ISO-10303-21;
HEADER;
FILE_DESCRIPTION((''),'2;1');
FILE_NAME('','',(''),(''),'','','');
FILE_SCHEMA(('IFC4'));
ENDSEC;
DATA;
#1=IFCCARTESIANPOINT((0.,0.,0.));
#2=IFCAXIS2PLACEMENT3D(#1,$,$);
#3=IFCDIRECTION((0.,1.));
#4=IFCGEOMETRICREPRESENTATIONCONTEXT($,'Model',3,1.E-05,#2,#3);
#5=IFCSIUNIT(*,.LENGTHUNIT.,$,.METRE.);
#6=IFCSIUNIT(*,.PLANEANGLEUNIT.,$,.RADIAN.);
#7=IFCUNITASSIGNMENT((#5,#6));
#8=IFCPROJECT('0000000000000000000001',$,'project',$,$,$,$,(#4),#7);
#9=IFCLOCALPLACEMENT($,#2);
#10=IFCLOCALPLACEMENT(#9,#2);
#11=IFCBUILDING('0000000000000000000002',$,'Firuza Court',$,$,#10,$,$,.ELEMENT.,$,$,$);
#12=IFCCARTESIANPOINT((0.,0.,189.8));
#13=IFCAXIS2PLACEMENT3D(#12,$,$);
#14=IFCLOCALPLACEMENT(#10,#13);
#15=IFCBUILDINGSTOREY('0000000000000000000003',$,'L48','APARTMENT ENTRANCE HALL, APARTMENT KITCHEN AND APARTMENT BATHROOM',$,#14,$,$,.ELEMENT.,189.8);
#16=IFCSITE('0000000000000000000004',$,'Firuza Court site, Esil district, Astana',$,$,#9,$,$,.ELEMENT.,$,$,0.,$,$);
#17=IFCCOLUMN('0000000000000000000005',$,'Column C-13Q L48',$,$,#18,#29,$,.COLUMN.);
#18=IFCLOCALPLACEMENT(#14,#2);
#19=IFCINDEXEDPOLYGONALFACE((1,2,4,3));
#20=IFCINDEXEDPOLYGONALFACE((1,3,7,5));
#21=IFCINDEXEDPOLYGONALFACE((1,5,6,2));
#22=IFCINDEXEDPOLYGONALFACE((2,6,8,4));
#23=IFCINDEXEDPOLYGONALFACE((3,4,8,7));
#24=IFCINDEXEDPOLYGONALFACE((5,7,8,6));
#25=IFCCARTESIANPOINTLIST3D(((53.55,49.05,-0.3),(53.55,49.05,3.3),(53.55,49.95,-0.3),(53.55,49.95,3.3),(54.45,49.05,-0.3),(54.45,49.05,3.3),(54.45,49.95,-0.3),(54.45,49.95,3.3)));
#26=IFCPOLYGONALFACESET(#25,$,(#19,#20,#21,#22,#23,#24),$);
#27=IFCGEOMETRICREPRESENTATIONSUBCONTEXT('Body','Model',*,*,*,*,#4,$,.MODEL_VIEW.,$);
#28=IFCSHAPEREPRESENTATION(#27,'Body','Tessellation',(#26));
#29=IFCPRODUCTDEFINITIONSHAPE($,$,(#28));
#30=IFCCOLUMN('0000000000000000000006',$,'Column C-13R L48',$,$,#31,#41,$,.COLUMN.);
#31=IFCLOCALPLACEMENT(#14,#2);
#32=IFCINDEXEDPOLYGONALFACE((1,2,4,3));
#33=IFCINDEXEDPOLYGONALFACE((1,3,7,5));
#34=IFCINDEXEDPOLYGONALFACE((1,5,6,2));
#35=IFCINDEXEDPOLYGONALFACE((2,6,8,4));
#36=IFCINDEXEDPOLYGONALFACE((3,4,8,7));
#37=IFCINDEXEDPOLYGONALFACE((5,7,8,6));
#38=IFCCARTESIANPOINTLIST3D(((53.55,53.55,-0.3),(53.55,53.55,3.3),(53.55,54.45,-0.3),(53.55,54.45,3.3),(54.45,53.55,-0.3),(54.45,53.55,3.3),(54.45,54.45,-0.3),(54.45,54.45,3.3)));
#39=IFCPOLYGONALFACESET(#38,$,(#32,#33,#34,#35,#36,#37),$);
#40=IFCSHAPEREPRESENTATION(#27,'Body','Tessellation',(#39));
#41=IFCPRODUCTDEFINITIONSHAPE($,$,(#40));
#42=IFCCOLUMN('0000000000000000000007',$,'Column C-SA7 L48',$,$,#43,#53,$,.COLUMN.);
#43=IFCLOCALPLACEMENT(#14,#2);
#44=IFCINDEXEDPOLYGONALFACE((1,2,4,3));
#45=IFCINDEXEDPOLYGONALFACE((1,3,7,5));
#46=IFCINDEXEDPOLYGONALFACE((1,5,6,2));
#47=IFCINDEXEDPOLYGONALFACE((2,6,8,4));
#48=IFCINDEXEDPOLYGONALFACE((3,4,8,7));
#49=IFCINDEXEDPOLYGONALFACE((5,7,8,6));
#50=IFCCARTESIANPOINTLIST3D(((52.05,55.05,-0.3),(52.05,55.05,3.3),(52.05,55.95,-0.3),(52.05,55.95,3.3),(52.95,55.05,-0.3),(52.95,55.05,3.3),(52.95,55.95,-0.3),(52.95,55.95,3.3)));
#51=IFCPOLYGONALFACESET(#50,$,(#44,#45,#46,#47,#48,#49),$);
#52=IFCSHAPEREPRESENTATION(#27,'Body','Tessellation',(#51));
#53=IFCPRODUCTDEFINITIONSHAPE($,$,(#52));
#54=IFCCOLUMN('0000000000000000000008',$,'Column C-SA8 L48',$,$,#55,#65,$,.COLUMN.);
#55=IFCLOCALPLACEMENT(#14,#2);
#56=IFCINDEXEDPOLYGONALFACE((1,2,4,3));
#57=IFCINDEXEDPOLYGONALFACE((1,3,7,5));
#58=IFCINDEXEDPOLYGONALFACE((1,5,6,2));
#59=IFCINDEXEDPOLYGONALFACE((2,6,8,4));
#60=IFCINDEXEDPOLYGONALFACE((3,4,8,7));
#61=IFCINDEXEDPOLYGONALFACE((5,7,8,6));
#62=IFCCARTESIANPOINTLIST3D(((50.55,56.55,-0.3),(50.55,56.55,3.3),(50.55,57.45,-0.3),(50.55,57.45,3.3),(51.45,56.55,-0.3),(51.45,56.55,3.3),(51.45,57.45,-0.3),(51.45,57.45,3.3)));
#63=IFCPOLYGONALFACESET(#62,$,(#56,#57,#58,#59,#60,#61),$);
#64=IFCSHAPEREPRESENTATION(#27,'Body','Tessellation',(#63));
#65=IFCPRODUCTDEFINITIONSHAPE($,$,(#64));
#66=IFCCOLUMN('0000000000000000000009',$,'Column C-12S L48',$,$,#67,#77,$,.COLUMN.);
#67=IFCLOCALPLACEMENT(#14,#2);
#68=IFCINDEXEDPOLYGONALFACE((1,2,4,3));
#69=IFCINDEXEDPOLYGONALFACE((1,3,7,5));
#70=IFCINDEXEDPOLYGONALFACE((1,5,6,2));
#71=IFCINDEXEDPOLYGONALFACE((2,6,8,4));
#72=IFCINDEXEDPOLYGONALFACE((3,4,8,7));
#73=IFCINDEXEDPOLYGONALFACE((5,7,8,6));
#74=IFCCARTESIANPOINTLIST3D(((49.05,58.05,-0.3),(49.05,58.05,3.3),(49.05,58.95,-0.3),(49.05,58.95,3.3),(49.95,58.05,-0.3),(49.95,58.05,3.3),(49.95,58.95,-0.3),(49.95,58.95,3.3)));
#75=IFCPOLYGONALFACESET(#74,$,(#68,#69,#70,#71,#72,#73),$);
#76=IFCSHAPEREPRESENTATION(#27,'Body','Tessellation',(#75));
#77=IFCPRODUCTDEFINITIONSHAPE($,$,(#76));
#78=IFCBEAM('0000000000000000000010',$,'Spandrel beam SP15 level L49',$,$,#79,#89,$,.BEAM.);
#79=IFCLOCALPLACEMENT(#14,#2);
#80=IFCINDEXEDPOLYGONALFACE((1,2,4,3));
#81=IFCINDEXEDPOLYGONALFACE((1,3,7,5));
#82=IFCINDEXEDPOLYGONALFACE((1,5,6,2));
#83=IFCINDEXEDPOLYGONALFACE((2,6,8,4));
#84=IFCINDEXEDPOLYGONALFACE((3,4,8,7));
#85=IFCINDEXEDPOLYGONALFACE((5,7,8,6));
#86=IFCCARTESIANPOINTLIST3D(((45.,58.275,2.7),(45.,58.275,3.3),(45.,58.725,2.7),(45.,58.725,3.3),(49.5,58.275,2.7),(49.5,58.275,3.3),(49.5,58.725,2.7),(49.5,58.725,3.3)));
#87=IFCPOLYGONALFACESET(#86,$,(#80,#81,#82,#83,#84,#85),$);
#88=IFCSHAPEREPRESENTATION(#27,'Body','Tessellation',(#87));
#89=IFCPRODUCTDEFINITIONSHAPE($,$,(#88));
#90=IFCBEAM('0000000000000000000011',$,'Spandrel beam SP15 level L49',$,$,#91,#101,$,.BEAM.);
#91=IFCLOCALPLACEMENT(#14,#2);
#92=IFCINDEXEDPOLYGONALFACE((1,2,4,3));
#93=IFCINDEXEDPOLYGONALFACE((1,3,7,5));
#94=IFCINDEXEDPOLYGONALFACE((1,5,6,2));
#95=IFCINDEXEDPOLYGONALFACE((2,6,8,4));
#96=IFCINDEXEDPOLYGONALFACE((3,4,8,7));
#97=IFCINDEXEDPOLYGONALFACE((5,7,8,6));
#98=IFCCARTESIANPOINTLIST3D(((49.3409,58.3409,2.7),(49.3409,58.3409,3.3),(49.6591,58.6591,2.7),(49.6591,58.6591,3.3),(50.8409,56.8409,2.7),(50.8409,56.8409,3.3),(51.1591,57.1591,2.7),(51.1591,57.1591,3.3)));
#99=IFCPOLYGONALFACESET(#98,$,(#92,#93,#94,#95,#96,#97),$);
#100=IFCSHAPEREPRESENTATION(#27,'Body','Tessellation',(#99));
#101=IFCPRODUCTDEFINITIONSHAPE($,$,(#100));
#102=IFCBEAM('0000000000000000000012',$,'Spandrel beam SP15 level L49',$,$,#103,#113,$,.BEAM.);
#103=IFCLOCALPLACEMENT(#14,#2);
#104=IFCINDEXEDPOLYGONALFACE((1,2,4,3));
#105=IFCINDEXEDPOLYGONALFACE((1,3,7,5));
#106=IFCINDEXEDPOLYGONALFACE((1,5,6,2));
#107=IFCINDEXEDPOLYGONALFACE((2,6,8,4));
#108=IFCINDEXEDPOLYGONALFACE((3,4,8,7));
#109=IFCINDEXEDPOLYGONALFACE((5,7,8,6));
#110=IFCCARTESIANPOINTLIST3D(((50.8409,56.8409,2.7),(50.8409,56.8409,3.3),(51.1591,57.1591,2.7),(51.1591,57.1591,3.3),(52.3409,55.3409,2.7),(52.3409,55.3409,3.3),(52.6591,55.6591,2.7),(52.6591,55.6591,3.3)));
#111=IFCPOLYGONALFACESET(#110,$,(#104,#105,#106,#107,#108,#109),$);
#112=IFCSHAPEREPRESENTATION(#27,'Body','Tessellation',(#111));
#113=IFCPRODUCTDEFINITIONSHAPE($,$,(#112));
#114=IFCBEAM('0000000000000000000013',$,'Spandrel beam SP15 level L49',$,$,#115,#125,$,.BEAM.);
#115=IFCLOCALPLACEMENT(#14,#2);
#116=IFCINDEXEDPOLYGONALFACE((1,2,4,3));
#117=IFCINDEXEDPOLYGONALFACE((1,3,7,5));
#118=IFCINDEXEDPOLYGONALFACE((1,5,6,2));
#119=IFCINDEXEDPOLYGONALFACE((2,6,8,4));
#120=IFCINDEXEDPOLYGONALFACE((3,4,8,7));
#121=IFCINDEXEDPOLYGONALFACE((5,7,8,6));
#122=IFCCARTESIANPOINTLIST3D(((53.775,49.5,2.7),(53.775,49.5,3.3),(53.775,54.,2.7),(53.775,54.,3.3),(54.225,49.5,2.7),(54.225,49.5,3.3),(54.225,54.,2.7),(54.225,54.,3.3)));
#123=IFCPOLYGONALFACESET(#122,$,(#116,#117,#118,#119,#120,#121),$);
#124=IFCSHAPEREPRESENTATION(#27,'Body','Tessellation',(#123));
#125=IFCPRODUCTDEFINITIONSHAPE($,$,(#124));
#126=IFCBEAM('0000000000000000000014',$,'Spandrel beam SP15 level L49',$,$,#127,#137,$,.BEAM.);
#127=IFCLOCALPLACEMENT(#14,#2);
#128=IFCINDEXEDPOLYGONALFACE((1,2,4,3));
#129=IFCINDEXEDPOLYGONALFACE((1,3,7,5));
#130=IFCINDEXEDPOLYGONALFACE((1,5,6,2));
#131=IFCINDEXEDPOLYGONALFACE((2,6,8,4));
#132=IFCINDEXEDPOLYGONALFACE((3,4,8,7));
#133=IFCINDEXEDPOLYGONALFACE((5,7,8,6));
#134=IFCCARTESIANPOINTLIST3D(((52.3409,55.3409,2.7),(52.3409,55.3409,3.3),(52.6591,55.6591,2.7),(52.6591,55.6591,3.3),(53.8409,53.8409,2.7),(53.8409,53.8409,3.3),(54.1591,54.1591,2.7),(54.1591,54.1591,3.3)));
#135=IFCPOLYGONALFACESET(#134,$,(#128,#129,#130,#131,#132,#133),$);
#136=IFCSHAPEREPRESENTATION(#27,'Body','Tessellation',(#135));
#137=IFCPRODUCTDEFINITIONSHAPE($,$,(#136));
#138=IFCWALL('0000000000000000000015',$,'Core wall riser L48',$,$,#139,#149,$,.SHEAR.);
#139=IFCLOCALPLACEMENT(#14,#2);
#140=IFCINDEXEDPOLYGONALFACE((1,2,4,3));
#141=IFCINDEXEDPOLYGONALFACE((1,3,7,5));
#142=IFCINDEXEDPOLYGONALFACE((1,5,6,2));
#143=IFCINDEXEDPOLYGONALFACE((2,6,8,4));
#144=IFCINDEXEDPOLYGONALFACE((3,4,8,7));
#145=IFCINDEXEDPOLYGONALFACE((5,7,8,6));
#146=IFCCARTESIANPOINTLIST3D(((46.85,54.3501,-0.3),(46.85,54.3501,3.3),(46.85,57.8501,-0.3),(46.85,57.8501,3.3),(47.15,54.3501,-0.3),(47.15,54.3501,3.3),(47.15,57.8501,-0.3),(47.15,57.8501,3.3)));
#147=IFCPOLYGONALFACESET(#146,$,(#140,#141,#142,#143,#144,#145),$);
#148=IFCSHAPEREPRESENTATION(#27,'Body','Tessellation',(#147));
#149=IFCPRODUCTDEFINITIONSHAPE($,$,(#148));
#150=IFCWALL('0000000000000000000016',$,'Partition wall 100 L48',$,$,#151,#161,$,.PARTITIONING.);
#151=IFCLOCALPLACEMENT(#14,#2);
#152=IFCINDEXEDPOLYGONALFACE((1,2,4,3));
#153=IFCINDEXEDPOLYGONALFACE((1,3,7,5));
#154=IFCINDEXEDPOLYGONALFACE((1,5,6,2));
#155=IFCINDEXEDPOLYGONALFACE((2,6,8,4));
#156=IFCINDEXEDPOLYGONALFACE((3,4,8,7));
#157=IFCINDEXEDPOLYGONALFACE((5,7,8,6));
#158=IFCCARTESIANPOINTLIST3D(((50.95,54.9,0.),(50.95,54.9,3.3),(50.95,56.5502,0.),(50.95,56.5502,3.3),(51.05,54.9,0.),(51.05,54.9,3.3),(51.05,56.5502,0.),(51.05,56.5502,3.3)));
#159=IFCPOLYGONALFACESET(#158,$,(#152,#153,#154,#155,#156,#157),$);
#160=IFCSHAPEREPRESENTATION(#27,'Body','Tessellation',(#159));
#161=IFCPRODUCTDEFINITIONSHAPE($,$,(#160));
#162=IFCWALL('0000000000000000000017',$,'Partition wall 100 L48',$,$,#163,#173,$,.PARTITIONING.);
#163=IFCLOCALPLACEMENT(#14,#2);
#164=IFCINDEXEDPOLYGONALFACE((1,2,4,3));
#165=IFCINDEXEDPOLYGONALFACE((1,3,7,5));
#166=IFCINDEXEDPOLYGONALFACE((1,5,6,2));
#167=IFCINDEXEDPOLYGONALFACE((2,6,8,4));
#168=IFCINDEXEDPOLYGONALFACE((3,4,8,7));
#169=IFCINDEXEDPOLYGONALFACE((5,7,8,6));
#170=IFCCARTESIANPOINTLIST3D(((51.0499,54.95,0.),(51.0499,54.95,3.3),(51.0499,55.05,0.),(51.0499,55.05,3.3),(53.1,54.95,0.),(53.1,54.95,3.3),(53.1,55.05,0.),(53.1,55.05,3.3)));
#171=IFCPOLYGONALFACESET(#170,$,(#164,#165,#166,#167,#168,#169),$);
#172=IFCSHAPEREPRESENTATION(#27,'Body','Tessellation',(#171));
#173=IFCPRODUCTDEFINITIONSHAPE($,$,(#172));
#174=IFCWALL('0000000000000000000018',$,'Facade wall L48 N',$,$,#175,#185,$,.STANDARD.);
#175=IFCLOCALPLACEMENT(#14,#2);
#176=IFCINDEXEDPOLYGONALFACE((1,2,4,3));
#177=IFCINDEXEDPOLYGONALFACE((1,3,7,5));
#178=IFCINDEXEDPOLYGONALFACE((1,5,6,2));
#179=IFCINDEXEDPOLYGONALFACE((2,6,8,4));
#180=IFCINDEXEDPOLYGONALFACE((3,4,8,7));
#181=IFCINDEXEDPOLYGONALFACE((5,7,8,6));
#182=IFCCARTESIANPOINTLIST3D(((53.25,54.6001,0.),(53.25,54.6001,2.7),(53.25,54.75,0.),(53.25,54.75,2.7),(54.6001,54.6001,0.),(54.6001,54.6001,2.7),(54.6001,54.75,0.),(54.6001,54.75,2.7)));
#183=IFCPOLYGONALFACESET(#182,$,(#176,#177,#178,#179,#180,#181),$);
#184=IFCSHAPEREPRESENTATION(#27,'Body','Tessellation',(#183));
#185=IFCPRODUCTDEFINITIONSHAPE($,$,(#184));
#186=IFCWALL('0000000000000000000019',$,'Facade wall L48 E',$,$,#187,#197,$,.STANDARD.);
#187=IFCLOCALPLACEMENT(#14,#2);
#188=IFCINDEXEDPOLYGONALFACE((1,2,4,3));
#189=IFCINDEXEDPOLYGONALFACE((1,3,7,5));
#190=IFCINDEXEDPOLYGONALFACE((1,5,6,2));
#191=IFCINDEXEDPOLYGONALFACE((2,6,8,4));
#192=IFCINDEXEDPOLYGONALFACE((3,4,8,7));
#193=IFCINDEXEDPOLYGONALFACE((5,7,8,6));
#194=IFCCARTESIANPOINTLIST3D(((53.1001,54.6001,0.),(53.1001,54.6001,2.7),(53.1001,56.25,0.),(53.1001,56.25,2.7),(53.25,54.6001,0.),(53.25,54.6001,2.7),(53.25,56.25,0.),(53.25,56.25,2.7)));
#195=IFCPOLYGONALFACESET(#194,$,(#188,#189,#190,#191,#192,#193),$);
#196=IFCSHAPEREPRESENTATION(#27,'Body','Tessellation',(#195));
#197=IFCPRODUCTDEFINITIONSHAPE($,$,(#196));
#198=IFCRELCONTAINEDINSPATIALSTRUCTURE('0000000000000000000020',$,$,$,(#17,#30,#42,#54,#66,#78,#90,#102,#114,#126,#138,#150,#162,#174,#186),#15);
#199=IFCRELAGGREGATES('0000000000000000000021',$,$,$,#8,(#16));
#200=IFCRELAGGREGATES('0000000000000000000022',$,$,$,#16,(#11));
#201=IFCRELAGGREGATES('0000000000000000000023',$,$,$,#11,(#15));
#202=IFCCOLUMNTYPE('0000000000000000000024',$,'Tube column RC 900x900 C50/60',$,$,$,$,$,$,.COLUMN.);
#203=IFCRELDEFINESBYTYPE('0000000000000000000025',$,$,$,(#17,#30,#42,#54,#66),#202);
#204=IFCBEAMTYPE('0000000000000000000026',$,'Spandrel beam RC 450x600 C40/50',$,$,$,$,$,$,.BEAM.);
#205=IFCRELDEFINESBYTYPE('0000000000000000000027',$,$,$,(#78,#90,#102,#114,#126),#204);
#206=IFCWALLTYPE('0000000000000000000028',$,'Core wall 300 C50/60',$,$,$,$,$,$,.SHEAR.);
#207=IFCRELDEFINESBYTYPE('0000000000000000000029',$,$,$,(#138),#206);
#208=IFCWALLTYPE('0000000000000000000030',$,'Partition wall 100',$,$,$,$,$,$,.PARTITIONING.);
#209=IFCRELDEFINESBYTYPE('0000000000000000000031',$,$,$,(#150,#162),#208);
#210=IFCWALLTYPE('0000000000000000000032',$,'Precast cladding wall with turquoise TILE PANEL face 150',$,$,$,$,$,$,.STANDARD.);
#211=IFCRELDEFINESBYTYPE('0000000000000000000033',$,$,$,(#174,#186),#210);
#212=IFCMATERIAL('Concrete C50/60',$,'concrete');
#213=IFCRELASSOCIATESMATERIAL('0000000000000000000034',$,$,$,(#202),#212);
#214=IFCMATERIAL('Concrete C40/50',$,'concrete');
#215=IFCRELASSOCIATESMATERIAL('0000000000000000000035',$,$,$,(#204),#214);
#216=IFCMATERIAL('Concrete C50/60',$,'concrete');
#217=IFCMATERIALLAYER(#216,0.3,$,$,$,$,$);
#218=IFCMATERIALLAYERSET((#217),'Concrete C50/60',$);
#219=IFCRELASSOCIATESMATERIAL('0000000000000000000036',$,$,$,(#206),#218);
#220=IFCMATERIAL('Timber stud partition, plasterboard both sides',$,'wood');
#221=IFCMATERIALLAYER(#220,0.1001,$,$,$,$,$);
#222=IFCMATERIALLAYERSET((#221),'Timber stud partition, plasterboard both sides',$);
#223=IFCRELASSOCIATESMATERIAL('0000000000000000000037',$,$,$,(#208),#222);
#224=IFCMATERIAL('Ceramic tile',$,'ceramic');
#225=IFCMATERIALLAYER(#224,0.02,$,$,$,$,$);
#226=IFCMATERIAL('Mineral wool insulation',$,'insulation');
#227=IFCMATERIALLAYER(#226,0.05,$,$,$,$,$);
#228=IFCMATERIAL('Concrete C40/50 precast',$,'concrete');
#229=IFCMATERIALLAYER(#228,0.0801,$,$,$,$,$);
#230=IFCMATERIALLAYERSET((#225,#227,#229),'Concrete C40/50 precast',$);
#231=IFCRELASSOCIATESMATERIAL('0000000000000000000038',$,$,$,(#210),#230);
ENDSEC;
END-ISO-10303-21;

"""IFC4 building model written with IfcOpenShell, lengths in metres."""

from ifc_helpers import new_model, si_unit, direction, frame, frame_2d, origin, origin_2d, place, context, subcontext, project, spatial, rectangle, extrude, material, layer, layer_set, material_profile, profile_set, type_object, element, save


model = new_model("IFC4")

# Units and contexts
model_context = context("Model", 3, precision=1e-05, world=origin(), true_north=direction((0.0, 1.0)))
body_context = subcontext(model_context, "Body", "Model", "MODEL_VIEW")
ifc_project = project(units=[si_unit("LENGTHUNIT", "METRE"), si_unit("PLANEANGLEUNIT", "RADIAN")], contexts=[model_context])

# Site, building, storey
site_placement = place(None, origin())
site = spatial("IfcSite", under=ifc_project, at=site_placement, Name="Firuza Court site, Esil district, Astana", CompositionType="ELEMENT", RefElevation=0.0)
building_placement = place(site_placement, origin())
building = spatial("IfcBuilding", under=site, at=building_placement, Name="Firuza Court", CompositionType="ELEMENT")
storey_placement = place(building_placement, frame((0.0, 0.0, 189.8)))
storey = spatial("IfcBuildingStorey", under=building, at=storey_placement, Name="L48", Description="APARTMENT ENTRANCE HALL, APARTMENT KITCHEN AND APARTMENT BATHROOM", CompositionType="ELEMENT", Elevation=189.8)

# Columns
ifc_material_1 = material(Name="Concrete C50/60", Category="concrete")
ifc_material_profile_1 = material_profile(ifc_material_1, rectangle(XDim=0.8999, YDim=0.8999, at=origin_2d()), Name="RC 900x900")
ifc_profile_set_1 = profile_set([ifc_material_profile_1], Name="Concrete C50/60")
column_type = type_object("IfcColumnType", Name="Tube column RC 900x900 C50/60", PredefinedType="COLUMN", material=ifc_profile_set_1)
for number, where, z_axis, x_axis, name in (
    (1, (54.0, 49.5, -0.3), (0.0, 0.0, 1.0), (1.0, 0.0, 0.0), "Column C-13Q L48"),
    (2, (54.0, 54.0, -0.3), (0.0, 0.0, 1.0), (1.0, 0.0, 0.0), "Column C-13R L48"),
    (3, (52.5, 55.5, -0.3), (0.0, 0.0, 1.0), (1.0, 0.0, 0.0), "Column C-SA7 L48"),
    (4, (51.0, 57.0, -0.3), (0.0, 0.0, 1.0), (1.0, 0.0, 0.0), "Column C-SA8 L48"),
    (5, (49.5, 58.5, -0.3), (0.0, 0.0, 1.0), (1.0, 0.0, 0.0), "Column C-12S L48"),
):
    element("IfcColumn", number, at=place(storey_placement, frame(where, z_axis=z_axis, x_axis=x_axis)), inside=storey, type_object=column_type, Name=name, PredefinedType="COLUMN", context=body_context, shape_type="SweptSolid", body=[
        extrude(rectangle(XDim=0.8999, YDim=0.8999, at=origin_2d()), origin(), (0.0, 0.0, 1.0), 3.6001),
    ])

# Beams
ifc_material_2 = material(Name="Concrete C40/50", Category="concrete")
ifc_material_profile_2 = material_profile(ifc_material_2, rectangle(XDim=0.45, YDim=0.6001, at=origin_2d()), Name="RC 450x600")
ifc_profile_set_2 = profile_set([ifc_material_profile_2], Name="Concrete C40/50")
beam_type = type_object("IfcBeamType", Name="Spandrel beam RC 450x600 C40/50", PredefinedType="BEAM", material=ifc_profile_set_2)
beam_1_placement = place(storey_placement, frame((49.5, 58.5, 3.0), z_axis=(-1.0, 0.0, 0.0), x_axis=(0.0, -1.0, 0.0)))
element("IfcBeam", 6, at=beam_1_placement, inside=storey, type_object=beam_type, Name="Spandrel beam SP15 level L49", PredefinedType="BEAM", context=body_context, shape_type="SweptSolid", body=[
    extrude(rectangle(XDim=0.45, YDim=0.6001, at=origin_2d()), origin(), (0.0, 0.0, 1.0), 4.5),
])
for number, where, z_axis, x_axis, name in (
    (7, (51.0, 57.0, 3.0), (-0.707107, 0.707107, 0.0), (-0.707107, -0.707107, 0.0), "Spandrel beam SP15 level L49"),
    (8, (52.5, 55.5, 3.0), (-0.707107, 0.707107, 0.0), (-0.707107, -0.707107, 0.0), "Spandrel beam SP15 level L49"),
):
    element("IfcBeam", number, at=place(storey_placement, frame(where, z_axis=z_axis, x_axis=x_axis)), inside=storey, type_object=beam_type, Name=name, PredefinedType="BEAM", context=body_context, shape_type="SweptSolid", body=[
        extrude(rectangle(XDim=0.45, YDim=0.6001, at=origin_2d()), origin(), (0.0, 0.0, 1.0), 2.1213),
    ])
beam_2_placement = place(storey_placement, frame((54.0, 49.5, 3.0), z_axis=(0.0, 1.0, 0.0), x_axis=(-1.0, 0.0, 0.0)))
element("IfcBeam", 9, at=beam_2_placement, inside=storey, type_object=beam_type, Name="Spandrel beam SP15 level L49", PredefinedType="BEAM", context=body_context, shape_type="SweptSolid", body=[
    extrude(rectangle(XDim=0.45, YDim=0.6001, at=origin_2d()), origin(), (0.0, 0.0, 1.0), 4.5),
])
beam_3_placement = place(storey_placement, frame((54.0, 54.0, 3.0), z_axis=(-0.707107, 0.707107, 0.0), x_axis=(-0.707107, -0.707107, 0.0)))
element("IfcBeam", 10, at=beam_3_placement, inside=storey, type_object=beam_type, Name="Spandrel beam SP15 level L49", PredefinedType="BEAM", context=body_context, shape_type="SweptSolid", body=[
    extrude(rectangle(XDim=0.45, YDim=0.6001, at=origin_2d()), origin(), (0.0, 0.0, 1.0), 2.1213),
])

# Walls
ifc_material_3 = material(Name="Concrete C50/60", Category="concrete")
ifc_layer_1 = layer(ifc_material_3, 0.3)
ifc_layer_set_1 = layer_set([ifc_layer_1], Name="Concrete C50/60")
wall_type_1 = type_object("IfcWallType", Name="Core wall 300 C50/60", PredefinedType="SHEAR", material=ifc_layer_set_1)
wall_1_placement = place(storey_placement, frame((47.0, 54.3501, -0.3), z_axis=(0.0, 0.0, 1.0), x_axis=(0.0, 1.0, 0.0)))
element("IfcWall", 11, at=wall_1_placement, inside=storey, type_object=wall_type_1, Name="Core wall riser L48", PredefinedType="SHEAR", context=body_context, shape_type="SweptSolid", body=[
    extrude(rectangle(XDim=3.5, YDim=0.3, at=frame_2d((1.75, 0.0))), origin(), (0.0, 0.0, 1.0), 3.6001),
])
ifc_material_4 = material(Name="Timber stud partition, plasterboard both sides", Category="wood")
ifc_layer_2 = layer(ifc_material_4, 0.1001)
ifc_layer_set_2 = layer_set([ifc_layer_2], Name="Timber stud partition, plasterboard both sides")
wall_type_2 = type_object("IfcWallType", Name="Partition wall 100", PredefinedType="PARTITIONING", material=ifc_layer_set_2)
wall_2_placement = place(storey_placement, frame((51.0, 54.8999, 0.0), z_axis=(0.0, 0.0, 1.0), x_axis=(0.0, 1.0, 0.0)))
element("IfcWall", 12, at=wall_2_placement, inside=storey, type_object=wall_type_2, Name="Partition wall 100 L48", PredefinedType="PARTITIONING", context=body_context, shape_type="SweptSolid", body=[
    extrude(rectangle(XDim=1.6501, YDim=0.1001, at=frame_2d((0.8252, 0.0))), origin(), (0.0, 0.0, 1.0), 3.3),
])
wall_3_placement = place(storey_placement, frame((51.05, 55.0, 0.0), z_axis=(0.0, 0.0, 1.0), x_axis=(1.0, 0.0, 0.0)))
element("IfcWall", 13, at=wall_3_placement, inside=storey, type_object=wall_type_2, Name="Partition wall 100 L48", PredefinedType="PARTITIONING", context=body_context, shape_type="SweptSolid", body=[
    extrude(rectangle(XDim=2.05, YDim=0.1001, at=frame_2d((1.0249, 0.0))), origin(), (0.0, 0.0, 1.0), 3.3),
])
ifc_material_5 = material(Name="Ceramic tile", Category="ceramic")
ifc_layer_3 = layer(ifc_material_5, 0.02)
ifc_material_6 = material(Name="Mineral wool insulation", Category="insulation")
ifc_layer_4 = layer(ifc_material_6, 0.05)
ifc_material_7 = material(Name="Concrete C40/50 precast", Category="concrete")
ifc_layer_5 = layer(ifc_material_7, 0.0801)
ifc_layer_set_3 = layer_set([ifc_layer_3, ifc_layer_4, ifc_layer_5], Name="Concrete C40/50 precast")
wall_type_3 = type_object("IfcWallType", Name="Precast cladding wall with turquoise TILE PANEL face 150", PredefinedType="STANDARD", material=ifc_layer_set_3)
wall_4_placement = place(storey_placement, frame((54.6001, 54.675, 0.0), z_axis=(0.0, 0.0, 1.0), x_axis=(-1.0, 0.0, 0.0)))
element("IfcWall", 14, at=wall_4_placement, inside=storey, type_object=wall_type_3, Name="Facade wall L48 N", PredefinedType="STANDARD", context=body_context, shape_type="SweptSolid", body=[
    extrude(rectangle(XDim=1.3501, YDim=0.1499, at=frame_2d((0.675, 0.0))), origin(), (0.0, 0.0, 1.0), 2.7),
])
wall_5_placement = place(storey_placement, frame((53.175, 54.6001, 0.0), z_axis=(0.0, 0.0, 1.0), x_axis=(0.0, 1.0, 0.0)))
element("IfcWall", 15, at=wall_5_placement, inside=storey, type_object=wall_type_3, Name="Facade wall L48 E", PredefinedType="STANDARD", context=body_context, shape_type="SweptSolid", body=[
    extrude(rectangle(XDim=1.6499, YDim=0.1499, at=frame_2d((0.825, 0.0))), origin(), (0.0, 0.0, 1.0), 2.7),
])

save(model, "model.ifc")
